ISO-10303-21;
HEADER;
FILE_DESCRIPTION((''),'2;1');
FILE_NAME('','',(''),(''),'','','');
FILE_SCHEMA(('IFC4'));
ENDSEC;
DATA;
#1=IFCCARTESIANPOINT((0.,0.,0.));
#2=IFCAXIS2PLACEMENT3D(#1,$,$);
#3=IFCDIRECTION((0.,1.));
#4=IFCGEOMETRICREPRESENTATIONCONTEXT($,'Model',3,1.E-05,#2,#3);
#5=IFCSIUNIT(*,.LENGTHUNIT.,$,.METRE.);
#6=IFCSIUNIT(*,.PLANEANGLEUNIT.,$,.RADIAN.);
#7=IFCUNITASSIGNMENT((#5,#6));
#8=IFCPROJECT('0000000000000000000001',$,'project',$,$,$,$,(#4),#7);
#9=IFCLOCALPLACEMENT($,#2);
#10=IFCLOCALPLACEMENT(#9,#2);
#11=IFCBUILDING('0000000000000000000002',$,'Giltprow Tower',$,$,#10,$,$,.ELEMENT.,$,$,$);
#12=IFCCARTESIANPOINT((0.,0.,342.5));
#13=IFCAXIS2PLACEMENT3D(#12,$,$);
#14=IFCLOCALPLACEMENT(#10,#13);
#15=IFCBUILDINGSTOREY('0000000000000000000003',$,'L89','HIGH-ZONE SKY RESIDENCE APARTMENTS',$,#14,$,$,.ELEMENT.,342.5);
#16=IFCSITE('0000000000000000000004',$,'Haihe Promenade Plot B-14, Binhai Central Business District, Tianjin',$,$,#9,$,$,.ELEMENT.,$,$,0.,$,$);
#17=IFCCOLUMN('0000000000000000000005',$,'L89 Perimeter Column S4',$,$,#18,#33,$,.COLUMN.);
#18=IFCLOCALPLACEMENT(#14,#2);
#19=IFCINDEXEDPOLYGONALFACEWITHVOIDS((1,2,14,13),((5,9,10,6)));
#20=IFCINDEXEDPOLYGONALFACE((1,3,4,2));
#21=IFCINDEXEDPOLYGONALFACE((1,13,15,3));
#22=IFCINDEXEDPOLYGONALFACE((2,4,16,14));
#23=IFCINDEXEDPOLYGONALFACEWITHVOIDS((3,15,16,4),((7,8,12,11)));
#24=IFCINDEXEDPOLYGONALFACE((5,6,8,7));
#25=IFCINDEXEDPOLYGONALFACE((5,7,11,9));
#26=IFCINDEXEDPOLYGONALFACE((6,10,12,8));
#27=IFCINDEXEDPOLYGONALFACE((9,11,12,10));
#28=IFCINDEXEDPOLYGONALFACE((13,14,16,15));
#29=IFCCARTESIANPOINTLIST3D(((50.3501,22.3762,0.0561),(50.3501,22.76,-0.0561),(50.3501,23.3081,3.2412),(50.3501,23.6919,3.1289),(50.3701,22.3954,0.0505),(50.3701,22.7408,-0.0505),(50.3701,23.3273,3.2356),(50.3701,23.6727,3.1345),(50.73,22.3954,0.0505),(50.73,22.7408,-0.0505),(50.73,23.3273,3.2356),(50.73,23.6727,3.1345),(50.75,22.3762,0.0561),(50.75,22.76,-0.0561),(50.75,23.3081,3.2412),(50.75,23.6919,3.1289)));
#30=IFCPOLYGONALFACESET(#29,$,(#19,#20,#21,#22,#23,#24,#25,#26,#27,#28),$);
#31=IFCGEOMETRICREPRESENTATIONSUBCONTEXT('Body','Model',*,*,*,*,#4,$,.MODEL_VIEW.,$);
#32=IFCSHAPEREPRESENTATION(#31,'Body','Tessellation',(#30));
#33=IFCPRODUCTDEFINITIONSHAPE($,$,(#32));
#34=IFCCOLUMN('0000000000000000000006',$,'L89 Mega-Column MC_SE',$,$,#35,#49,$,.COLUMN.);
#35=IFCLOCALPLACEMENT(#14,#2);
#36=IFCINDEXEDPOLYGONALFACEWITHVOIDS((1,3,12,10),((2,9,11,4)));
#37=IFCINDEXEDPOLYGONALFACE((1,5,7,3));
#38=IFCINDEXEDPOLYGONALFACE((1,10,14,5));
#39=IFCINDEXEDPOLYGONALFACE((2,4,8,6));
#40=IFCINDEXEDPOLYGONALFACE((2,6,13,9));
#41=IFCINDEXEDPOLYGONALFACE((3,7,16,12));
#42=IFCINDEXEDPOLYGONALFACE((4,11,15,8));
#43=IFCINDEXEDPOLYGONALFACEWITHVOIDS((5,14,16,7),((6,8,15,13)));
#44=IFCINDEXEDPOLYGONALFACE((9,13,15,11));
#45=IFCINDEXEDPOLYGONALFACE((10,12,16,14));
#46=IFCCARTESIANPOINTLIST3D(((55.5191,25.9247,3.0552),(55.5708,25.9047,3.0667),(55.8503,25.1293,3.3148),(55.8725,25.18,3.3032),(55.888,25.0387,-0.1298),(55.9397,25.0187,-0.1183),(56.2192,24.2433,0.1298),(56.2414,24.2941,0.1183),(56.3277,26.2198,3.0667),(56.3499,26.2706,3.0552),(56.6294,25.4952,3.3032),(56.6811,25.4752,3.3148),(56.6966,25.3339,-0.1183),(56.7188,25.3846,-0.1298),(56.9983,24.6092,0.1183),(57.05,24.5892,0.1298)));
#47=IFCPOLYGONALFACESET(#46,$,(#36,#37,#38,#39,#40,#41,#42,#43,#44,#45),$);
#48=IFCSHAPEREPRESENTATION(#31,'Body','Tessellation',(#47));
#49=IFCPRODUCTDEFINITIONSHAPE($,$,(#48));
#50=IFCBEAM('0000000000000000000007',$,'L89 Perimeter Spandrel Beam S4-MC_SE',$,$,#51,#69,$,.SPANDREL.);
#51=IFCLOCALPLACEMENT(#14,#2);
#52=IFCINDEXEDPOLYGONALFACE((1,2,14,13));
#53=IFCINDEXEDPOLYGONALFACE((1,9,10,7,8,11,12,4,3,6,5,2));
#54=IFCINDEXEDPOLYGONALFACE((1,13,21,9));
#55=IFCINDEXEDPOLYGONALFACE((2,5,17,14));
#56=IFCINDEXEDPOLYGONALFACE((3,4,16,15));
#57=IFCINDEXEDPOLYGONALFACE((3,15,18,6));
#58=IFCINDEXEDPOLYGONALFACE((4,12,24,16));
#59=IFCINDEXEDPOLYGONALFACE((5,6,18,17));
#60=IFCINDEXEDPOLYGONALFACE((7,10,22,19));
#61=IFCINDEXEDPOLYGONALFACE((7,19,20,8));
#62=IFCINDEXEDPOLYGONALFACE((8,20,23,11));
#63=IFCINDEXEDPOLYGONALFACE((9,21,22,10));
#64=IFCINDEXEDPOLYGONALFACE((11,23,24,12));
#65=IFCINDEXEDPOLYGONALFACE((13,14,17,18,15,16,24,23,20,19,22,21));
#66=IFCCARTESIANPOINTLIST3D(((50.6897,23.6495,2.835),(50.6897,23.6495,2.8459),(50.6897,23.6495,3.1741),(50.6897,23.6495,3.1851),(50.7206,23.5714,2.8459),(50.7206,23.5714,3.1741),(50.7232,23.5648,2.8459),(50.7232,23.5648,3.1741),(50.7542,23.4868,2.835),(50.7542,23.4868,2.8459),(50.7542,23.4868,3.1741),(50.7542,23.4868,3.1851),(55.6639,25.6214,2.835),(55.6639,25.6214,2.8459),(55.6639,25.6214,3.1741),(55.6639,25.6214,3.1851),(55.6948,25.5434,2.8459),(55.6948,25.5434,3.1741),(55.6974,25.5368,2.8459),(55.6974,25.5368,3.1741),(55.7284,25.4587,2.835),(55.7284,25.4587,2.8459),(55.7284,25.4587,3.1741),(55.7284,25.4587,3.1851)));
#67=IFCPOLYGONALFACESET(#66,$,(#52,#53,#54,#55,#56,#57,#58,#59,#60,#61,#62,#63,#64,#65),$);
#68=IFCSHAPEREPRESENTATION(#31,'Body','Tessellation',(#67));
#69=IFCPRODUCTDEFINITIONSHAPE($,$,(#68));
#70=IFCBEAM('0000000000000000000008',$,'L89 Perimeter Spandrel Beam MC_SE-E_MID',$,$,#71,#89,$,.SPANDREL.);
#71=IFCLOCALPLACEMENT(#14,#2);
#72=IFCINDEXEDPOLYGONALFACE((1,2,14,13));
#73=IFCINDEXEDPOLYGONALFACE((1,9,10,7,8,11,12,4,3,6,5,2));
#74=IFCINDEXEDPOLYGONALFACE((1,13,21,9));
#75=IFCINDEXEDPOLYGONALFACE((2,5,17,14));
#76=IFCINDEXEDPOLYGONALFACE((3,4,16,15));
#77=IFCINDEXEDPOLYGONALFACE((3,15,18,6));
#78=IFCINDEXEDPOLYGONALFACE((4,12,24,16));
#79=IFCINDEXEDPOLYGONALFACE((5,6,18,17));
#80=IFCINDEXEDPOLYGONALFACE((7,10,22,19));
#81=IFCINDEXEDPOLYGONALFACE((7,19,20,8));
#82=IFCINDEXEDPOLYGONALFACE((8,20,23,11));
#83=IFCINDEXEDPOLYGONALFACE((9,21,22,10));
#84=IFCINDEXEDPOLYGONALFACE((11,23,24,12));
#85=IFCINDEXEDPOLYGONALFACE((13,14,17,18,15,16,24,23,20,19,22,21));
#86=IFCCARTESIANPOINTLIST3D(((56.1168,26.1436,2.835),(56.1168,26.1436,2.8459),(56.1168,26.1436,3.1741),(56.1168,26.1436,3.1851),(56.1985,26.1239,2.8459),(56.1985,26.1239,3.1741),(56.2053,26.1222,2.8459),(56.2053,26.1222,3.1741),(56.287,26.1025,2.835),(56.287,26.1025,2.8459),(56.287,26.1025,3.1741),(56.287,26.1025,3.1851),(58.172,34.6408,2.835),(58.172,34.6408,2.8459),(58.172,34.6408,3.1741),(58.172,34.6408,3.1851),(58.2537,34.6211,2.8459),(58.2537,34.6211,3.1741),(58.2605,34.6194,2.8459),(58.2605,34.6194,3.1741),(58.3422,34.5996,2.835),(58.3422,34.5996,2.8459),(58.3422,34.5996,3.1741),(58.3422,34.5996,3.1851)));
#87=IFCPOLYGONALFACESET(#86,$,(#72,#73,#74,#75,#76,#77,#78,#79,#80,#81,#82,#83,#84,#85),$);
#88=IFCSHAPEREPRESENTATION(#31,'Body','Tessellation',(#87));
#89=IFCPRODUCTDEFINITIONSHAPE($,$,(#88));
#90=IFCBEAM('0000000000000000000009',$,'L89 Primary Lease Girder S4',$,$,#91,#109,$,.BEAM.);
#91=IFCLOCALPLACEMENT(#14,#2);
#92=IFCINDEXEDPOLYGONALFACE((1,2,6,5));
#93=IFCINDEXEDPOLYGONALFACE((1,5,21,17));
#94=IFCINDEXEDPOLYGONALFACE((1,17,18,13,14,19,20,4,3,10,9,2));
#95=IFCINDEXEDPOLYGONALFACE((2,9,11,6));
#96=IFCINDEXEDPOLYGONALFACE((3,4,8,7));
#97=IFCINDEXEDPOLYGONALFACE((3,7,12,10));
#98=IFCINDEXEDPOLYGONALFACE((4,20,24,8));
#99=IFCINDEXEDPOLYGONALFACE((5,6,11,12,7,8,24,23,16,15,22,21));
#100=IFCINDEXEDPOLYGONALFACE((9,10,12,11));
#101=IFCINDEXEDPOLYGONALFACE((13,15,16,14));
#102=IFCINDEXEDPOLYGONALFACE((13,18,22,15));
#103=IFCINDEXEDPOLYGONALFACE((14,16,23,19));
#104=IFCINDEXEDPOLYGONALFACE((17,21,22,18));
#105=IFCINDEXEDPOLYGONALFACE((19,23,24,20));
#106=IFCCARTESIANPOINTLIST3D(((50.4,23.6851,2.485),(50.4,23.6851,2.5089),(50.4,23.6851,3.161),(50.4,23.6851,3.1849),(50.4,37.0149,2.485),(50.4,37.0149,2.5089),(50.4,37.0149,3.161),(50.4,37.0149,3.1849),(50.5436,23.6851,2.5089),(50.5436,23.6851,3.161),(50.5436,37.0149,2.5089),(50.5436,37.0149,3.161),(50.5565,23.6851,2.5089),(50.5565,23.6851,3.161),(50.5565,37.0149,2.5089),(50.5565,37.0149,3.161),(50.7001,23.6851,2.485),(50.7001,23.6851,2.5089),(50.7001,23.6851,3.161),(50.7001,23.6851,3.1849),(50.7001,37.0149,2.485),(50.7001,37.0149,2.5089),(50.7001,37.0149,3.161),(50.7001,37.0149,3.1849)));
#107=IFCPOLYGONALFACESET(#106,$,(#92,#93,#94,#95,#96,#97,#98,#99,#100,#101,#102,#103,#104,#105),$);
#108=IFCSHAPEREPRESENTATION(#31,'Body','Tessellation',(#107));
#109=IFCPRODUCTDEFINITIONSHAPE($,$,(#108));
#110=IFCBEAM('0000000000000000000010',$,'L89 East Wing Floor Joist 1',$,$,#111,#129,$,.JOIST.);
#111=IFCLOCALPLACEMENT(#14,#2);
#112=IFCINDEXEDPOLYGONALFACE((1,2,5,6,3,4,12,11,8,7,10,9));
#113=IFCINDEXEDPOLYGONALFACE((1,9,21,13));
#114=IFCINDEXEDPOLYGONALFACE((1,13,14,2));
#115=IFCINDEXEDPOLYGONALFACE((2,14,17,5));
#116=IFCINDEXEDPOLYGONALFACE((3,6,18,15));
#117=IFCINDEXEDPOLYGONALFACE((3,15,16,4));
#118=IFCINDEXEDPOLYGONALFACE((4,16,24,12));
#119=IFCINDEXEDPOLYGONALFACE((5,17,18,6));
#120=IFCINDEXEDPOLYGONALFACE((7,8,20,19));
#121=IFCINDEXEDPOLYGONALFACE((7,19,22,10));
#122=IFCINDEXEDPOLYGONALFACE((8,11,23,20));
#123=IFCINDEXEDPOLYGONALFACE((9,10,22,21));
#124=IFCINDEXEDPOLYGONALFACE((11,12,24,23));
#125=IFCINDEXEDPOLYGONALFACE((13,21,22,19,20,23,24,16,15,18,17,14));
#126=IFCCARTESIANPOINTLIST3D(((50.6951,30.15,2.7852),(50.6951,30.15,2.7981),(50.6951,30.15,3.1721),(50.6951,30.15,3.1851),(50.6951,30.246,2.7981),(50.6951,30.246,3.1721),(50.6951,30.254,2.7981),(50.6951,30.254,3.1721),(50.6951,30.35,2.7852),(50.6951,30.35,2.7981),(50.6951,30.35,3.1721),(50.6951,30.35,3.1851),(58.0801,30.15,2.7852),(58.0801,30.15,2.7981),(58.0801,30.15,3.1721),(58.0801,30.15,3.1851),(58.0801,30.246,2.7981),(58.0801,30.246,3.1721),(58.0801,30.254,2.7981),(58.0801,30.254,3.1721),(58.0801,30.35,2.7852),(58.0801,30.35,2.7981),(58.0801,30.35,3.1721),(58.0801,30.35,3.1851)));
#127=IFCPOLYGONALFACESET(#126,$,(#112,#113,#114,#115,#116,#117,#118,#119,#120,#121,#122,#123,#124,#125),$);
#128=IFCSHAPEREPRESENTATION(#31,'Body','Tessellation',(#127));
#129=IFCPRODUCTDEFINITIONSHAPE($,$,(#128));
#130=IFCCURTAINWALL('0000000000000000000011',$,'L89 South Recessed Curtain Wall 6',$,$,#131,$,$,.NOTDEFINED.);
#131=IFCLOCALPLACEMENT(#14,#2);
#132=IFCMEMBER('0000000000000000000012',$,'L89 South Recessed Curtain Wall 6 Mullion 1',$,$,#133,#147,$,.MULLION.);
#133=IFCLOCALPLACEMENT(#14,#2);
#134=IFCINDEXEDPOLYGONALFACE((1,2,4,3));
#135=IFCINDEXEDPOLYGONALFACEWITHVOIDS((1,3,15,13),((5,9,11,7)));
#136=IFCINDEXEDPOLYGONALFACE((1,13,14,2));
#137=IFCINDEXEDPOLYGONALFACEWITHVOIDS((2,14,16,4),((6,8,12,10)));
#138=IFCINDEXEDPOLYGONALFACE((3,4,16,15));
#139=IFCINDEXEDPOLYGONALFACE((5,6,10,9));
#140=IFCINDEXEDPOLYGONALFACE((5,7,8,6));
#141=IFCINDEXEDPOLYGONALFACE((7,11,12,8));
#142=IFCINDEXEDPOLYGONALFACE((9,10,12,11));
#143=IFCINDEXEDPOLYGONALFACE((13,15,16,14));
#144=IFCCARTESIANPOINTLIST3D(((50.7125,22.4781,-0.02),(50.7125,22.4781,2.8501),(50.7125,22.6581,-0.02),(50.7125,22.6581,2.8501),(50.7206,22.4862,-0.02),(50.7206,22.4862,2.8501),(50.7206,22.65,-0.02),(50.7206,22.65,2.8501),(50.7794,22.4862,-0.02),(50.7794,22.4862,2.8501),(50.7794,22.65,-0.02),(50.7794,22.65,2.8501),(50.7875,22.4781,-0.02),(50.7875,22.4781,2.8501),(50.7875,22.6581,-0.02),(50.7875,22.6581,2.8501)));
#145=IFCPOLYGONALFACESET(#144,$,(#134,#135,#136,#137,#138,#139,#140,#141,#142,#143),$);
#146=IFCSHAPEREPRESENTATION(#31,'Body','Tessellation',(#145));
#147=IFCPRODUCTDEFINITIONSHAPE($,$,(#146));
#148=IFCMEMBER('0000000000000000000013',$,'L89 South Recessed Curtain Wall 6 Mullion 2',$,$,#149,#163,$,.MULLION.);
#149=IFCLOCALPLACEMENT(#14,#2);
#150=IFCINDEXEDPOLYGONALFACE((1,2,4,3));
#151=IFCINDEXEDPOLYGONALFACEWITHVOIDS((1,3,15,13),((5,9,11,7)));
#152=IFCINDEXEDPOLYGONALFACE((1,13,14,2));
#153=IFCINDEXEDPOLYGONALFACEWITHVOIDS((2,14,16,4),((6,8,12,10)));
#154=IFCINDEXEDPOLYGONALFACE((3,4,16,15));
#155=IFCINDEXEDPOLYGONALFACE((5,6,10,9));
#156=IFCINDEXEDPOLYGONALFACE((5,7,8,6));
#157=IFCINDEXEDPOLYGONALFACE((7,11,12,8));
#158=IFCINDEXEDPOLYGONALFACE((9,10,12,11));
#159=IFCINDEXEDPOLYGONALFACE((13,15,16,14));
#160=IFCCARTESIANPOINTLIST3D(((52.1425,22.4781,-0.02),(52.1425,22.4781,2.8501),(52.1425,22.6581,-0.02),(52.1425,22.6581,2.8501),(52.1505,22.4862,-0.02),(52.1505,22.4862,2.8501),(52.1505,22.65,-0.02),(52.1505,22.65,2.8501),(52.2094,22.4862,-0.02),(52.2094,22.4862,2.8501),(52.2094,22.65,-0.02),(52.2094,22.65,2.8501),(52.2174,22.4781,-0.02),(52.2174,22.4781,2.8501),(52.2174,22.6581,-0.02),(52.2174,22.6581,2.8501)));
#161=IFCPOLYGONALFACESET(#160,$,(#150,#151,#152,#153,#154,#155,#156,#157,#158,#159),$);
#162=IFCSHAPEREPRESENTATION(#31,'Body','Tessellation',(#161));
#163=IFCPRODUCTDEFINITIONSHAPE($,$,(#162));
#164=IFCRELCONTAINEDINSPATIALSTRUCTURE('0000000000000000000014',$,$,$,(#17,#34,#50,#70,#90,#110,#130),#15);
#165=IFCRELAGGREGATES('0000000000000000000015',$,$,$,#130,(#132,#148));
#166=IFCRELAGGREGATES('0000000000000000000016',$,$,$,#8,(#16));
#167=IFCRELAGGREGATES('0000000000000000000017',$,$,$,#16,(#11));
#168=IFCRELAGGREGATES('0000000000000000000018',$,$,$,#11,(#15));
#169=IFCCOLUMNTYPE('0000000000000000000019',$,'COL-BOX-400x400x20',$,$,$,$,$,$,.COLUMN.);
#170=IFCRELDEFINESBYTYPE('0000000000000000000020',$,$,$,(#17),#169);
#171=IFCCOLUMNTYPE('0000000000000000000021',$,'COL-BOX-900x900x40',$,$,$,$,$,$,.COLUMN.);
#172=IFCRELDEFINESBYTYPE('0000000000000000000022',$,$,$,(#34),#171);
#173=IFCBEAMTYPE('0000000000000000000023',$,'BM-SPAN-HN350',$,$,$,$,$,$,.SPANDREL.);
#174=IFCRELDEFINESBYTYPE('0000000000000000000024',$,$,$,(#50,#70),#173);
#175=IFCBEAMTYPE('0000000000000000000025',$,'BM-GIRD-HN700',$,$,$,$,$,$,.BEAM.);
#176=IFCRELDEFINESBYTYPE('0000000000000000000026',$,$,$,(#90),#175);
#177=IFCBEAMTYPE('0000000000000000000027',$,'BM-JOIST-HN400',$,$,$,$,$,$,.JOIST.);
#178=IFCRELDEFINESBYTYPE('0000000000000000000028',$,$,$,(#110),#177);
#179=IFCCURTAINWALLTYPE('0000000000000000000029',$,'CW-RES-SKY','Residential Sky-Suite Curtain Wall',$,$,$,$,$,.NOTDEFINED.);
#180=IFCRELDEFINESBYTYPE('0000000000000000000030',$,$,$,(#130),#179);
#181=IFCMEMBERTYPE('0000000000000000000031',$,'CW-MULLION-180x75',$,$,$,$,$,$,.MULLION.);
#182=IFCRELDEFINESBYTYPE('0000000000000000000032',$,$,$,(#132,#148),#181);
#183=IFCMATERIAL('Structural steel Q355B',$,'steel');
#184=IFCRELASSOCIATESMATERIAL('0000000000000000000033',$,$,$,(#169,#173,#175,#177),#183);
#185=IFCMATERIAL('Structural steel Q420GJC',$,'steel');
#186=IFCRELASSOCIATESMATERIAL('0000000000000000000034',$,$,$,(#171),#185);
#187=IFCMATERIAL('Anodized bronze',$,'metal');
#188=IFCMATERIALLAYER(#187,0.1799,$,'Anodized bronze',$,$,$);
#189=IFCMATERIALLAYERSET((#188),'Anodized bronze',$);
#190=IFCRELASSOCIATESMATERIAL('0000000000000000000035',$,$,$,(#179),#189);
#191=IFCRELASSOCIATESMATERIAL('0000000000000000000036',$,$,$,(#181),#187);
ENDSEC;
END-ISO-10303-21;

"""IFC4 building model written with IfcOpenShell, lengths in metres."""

from ifc_helpers import new_model, si_unit, direction, frame, origin, origin_2d, place, context, subcontext, project, spatial, hollow_rectangle, i_section, extrude, source, transform, mapped, material, layer, layer_set, material_profile, profile_set, type_object, element, aggregate, save


model = new_model("IFC4")

# Units and contexts
model_context = context("Model", 3, precision=1e-05, world=origin(), true_north=direction((0.0, 1.0)))
body_context = subcontext(model_context, "Body", "Model", "MODEL_VIEW")
ifc_project = project(units=[si_unit("LENGTHUNIT", "METRE"), si_unit("PLANEANGLEUNIT", "RADIAN")], contexts=[model_context])

# Site, building, storey
site_placement = place(None, origin())
site = spatial("IfcSite", under=ifc_project, at=site_placement, Name="Haihe Promenade Plot B-14, Binhai Central Business District, Tianjin", CompositionType="ELEMENT", RefElevation=0.0)
building_placement = place(site_placement, origin())
building = spatial("IfcBuilding", under=site, at=building_placement, Name="Giltprow Tower", CompositionType="ELEMENT")
storey_placement = place(building_placement, frame((0.0, 0.0, 342.5)))
storey = spatial("IfcBuildingStorey", under=building, at=storey_placement, Name="L89", Description="HIGH-ZONE SKY RESIDENCE APARTMENTS", CompositionType="ELEMENT", Elevation=342.5)

# Columns
ifc_material_1 = material(Name="Structural steel Q355B", Category="steel")
ifc_material_profile_1 = material_profile(ifc_material_1, hollow_rectangle(XDim=0.3999, YDim=0.3999, WallThickness=0.02, at=origin_2d()), Name="BOX 400x400x20")
ifc_profile_set_1 = profile_set([ifc_material_profile_1], Name="Structural steel Q355B")
column_type_1 = type_object("IfcColumnType", Name="COL-BOX-400x400x20", PredefinedType="COLUMN", material=ifc_profile_set_1)
shared_shape_1 = source(origin(), body_context, "Body", "SweptSolid", [
    extrude(hollow_rectangle(XDim=0.3999, YDim=0.3999, WallThickness=0.02, at=origin_2d()), origin(), (0.0, 0.0, 1.0), 3.3186),
])
column_1_placement = place(storey_placement, frame((50.55, 22.5681, 0.0), z_axis=(0.0, 0.280808, 0.959764), x_axis=(-1.0, 0.0, 0.0)))
element("IfcColumn", 1, at=column_1_placement, inside=storey, type_object=column_type_1, Name="L89 Perimeter Column S4", PredefinedType="COLUMN", context=body_context, shape_type="MappedRepresentation", body=[
    mapped(shared_shape_1, transform((0.0, 0.0, 0.0), x_axis=(1.0, 0.0, 0.0), y_axis=(0.0, 1.0, 0.0), z_axis=(0.0, 0.0, 1.0), scale=1.0)),
])
ifc_material_2 = material(Name="Structural steel Q420GJC", Category="steel")
ifc_material_profile_2 = material_profile(ifc_material_2, hollow_rectangle(XDim=0.8999, YDim=0.8999, WallThickness=0.04, at=origin_2d()), Name="BOX 900x900x40")
ifc_profile_set_2 = profile_set([ifc_material_profile_2], Name="Structural steel Q420GJC")
column_type_2 = type_object("IfcColumnType", Name="COL-BOX-900x900x40", PredefinedType="COLUMN", material=ifc_profile_set_2)
shared_shape_2 = source(origin(), body_context, "Body", "SweptSolid", [
    extrude(hollow_rectangle(XDim=0.8999, YDim=0.8999, WallThickness=0.04, at=origin_2d()), origin(), (0.0, 0.0, 1.0), 3.3264),
])
column_2_placement = place(storey_placement, frame((56.469, 24.814, 0.0), z_axis=(-0.110896, 0.266341, 0.957478), x_axis=(-0.923175, -0.384381, 0.0)))
element("IfcColumn", 2, at=column_2_placement, inside=storey, type_object=column_type_2, Name="L89 Mega-Column MC_SE", PredefinedType="COLUMN", context=body_context, shape_type="MappedRepresentation", body=[
    mapped(shared_shape_2, transform((0.0, 0.0, 0.0), x_axis=(1.0, 0.0, 0.0), y_axis=(0.0, 1.0, 0.0), z_axis=(0.0, 0.0, 1.0), scale=1.0)),
])

# Beams
ifc_material_profile_3 = material_profile(ifc_material_1, i_section(OverallWidth=0.175, OverallDepth=0.3501, WebThickness=0.0071, FlangeThickness=0.011, at=origin_2d()), Name="HN 350x175x7x11")
ifc_profile_set_3 = profile_set([ifc_material_profile_3], Name="Structural steel Q355B")
beam_type_1 = type_object("IfcBeamType", Name="BM-SPAN-HN350", PredefinedType="SPANDREL", material=ifc_profile_set_3)
shared_shape_3 = source(origin(), body_context, "Body", "SweptSolid", [
    extrude(i_section(OverallWidth=0.175, OverallDepth=0.3501, WebThickness=0.0071, FlangeThickness=0.011, at=origin_2d()), origin(), (0.0, 0.0, 1.0), 5.3508),
])
beam_1_placement = place(storey_placement, frame((50.7219, 23.5681, 3.01), z_axis=(0.929615, 0.368533, 0.0), x_axis=(-0.368533, 0.929615, 0.0)))
element("IfcBeam", 3, at=beam_1_placement, inside=storey, type_object=beam_type_1, Name="L89 Perimeter Spandrel Beam S4-MC_SE", PredefinedType="SPANDREL", context=body_context, shape_type="MappedRepresentation", body=[
    mapped(shared_shape_3, transform((0.0, 0.0, 0.0), x_axis=(1.0, 0.0, 0.0), y_axis=(0.0, 1.0, 0.0), z_axis=(0.0, 0.0, 1.0), scale=1.0)),
])
shared_shape_4 = source(origin(), body_context, "Body", "SweptSolid", [
    extrude(i_section(OverallWidth=0.175, OverallDepth=0.3501, WebThickness=0.0071, FlangeThickness=0.011, at=origin_2d()), origin(), (0.0, 0.0, 1.0), 8.7422),
])
beam_2_placement = place(storey_placement, frame((56.2019, 26.123, 3.01), z_axis=(0.23509, 0.971974, 0.0), x_axis=(-0.971974, 0.23509, 0.0)))
element("IfcBeam", 4, at=beam_2_placement, inside=storey, type_object=beam_type_1, Name="L89 Perimeter Spandrel Beam MC_SE-E_MID", PredefinedType="SPANDREL", context=body_context, shape_type="MappedRepresentation", body=[
    mapped(shared_shape_4, transform((0.0, 0.0, 0.0), x_axis=(1.0, 0.0, 0.0), y_axis=(0.0, 1.0, 0.0), z_axis=(0.0, 0.0, 1.0), scale=1.0)),
])
ifc_material_profile_4 = material_profile(ifc_material_1, i_section(OverallWidth=0.3, OverallDepth=0.7, WebThickness=0.0129, FlangeThickness=0.0239, at=origin_2d()), Name="HN 700x300x13x24")
ifc_profile_set_4 = profile_set([ifc_material_profile_4], Name="Structural steel Q355B")
beam_type_2 = type_object("IfcBeamType", Name="BM-GIRD-HN700", PredefinedType="BEAM", material=ifc_profile_set_4)
shared_shape_5 = source(origin(), body_context, "Body", "SweptSolid", [
    extrude(i_section(OverallWidth=0.3, OverallDepth=0.7, WebThickness=0.0129, FlangeThickness=0.0239, at=origin_2d()), origin(), (0.0, 0.0, 1.0), 13.3298),
])
beam_3_placement = place(storey_placement, frame((50.55, 23.6851, 2.835), z_axis=(0.0, 1.0, 0.0), x_axis=(-1.0, 0.0, 0.0)))
element("IfcBeam", 5, at=beam_3_placement, inside=storey, type_object=beam_type_2, Name="L89 Primary Lease Girder S4", PredefinedType="BEAM", context=body_context, shape_type="MappedRepresentation", body=[
    mapped(shared_shape_5, transform((0.0, 0.0, 0.0), x_axis=(1.0, 0.0, 0.0), y_axis=(0.0, 1.0, 0.0), z_axis=(0.0, 0.0, 1.0), scale=1.0)),
])
ifc_material_profile_5 = material_profile(ifc_material_1, i_section(OverallWidth=0.2, OverallDepth=0.3999, WebThickness=0.0081, FlangeThickness=0.0129, at=origin_2d()), Name="HN 400x200x8x13")
ifc_profile_set_5 = profile_set([ifc_material_profile_5], Name="Structural steel Q355B")
beam_type_3 = type_object("IfcBeamType", Name="BM-JOIST-HN400", PredefinedType="JOIST", material=ifc_profile_set_5)
shared_shape_6 = source(origin(), body_context, "Body", "SweptSolid", [
    extrude(i_section(OverallWidth=0.2, OverallDepth=0.3999, WebThickness=0.0081, FlangeThickness=0.0129, at=origin_2d()), origin(), (0.0, 0.0, 1.0), 7.385),
])
beam_4_placement = place(storey_placement, frame((50.6951, 30.25, 2.9851), z_axis=(1.0, 0.0, 0.0), x_axis=(0.0, 1.0, 0.0)))
element("IfcBeam", 6, at=beam_4_placement, inside=storey, type_object=beam_type_3, Name="L89 East Wing Floor Joist 1", PredefinedType="JOIST", context=body_context, shape_type="MappedRepresentation", body=[
    mapped(shared_shape_6, transform((0.0, 0.0, 0.0), x_axis=(1.0, 0.0, 0.0), y_axis=(0.0, 1.0, 0.0), z_axis=(0.0, 0.0, 1.0), scale=1.0)),
])

# Curtain wall, members
ifc_material_3 = material(Name="Anodized bronze", Category="metal")
ifc_layer_1 = layer(ifc_material_3, 0.1799, Name="Anodized bronze")
ifc_layer_set_1 = layer_set([ifc_layer_1], Name="Anodized bronze")
curtain_wall_type = type_object("IfcCurtainWallType", Name="CW-RES-SKY", Description="Residential Sky-Suite Curtain Wall", PredefinedType="NOTDEFINED", material=ifc_layer_set_1)
curtain_wall_placement = place(storey_placement, origin())
curtain_wall = element("IfcCurtainWall", 7, at=curtain_wall_placement, inside=storey, type_object=curtain_wall_type, Name="L89 South Recessed Curtain Wall 6", PredefinedType="NOTDEFINED")
ifc_material_profile_6 = material_profile(ifc_material_3, hollow_rectangle(XDim=0.075, YDim=0.1799, WallThickness=0.0081, at=origin_2d()), Name="RHS 180x75x8")
ifc_profile_set_6 = profile_set([ifc_material_profile_6], Name="Anodized bronze")
member_type_1 = type_object("IfcMemberType", Name="CW-MULLION-180x75", PredefinedType="MULLION", material=ifc_profile_set_6)
shared_shape_7 = source(origin(), body_context, "Body", "SweptSolid", [
    extrude(hollow_rectangle(XDim=0.075, YDim=0.1799, WallThickness=0.0081, at=origin_2d()), origin(), (0.0, 0.0, 1.0), 2.8701),
])
member_1_placement = place(storey_placement, frame((50.75, 22.5681, -0.02), z_axis=(0.0, 0.0, 1.0), x_axis=(1.0, 0.0, 0.0)))
member_1 = element("IfcMember", 8, at=member_1_placement, type_object=member_type_1, Name="L89 South Recessed Curtain Wall 6 Mullion 1", PredefinedType="MULLION", context=body_context, shape_type="MappedRepresentation", body=[
    mapped(shared_shape_7, transform((0.0, 0.0, 0.0), x_axis=(1.0, 0.0, 0.0), y_axis=(0.0, 1.0, 0.0), z_axis=(0.0, 0.0, 1.0), scale=1.0)),
])
member_2_placement = place(storey_placement, frame((52.1799, 22.5681, -0.02), z_axis=(0.0, 0.0, 1.0), x_axis=(1.0, 0.0, 0.0)))
member_2 = element("IfcMember", 9, at=member_2_placement, type_object=member_type_1, Name="L89 South Recessed Curtain Wall 6 Mullion 2", PredefinedType="MULLION", context=body_context, shape_type="MappedRepresentation", body=[
    mapped(shared_shape_7, transform((0.0, 0.0, 0.0), x_axis=(1.0, 0.0, 0.0), y_axis=(0.0, 1.0, 0.0), z_axis=(0.0, 0.0, 1.0), scale=1.0)),
])

aggregate(curtain_wall, [member_1, member_2])

save(model, "model.ifc")
